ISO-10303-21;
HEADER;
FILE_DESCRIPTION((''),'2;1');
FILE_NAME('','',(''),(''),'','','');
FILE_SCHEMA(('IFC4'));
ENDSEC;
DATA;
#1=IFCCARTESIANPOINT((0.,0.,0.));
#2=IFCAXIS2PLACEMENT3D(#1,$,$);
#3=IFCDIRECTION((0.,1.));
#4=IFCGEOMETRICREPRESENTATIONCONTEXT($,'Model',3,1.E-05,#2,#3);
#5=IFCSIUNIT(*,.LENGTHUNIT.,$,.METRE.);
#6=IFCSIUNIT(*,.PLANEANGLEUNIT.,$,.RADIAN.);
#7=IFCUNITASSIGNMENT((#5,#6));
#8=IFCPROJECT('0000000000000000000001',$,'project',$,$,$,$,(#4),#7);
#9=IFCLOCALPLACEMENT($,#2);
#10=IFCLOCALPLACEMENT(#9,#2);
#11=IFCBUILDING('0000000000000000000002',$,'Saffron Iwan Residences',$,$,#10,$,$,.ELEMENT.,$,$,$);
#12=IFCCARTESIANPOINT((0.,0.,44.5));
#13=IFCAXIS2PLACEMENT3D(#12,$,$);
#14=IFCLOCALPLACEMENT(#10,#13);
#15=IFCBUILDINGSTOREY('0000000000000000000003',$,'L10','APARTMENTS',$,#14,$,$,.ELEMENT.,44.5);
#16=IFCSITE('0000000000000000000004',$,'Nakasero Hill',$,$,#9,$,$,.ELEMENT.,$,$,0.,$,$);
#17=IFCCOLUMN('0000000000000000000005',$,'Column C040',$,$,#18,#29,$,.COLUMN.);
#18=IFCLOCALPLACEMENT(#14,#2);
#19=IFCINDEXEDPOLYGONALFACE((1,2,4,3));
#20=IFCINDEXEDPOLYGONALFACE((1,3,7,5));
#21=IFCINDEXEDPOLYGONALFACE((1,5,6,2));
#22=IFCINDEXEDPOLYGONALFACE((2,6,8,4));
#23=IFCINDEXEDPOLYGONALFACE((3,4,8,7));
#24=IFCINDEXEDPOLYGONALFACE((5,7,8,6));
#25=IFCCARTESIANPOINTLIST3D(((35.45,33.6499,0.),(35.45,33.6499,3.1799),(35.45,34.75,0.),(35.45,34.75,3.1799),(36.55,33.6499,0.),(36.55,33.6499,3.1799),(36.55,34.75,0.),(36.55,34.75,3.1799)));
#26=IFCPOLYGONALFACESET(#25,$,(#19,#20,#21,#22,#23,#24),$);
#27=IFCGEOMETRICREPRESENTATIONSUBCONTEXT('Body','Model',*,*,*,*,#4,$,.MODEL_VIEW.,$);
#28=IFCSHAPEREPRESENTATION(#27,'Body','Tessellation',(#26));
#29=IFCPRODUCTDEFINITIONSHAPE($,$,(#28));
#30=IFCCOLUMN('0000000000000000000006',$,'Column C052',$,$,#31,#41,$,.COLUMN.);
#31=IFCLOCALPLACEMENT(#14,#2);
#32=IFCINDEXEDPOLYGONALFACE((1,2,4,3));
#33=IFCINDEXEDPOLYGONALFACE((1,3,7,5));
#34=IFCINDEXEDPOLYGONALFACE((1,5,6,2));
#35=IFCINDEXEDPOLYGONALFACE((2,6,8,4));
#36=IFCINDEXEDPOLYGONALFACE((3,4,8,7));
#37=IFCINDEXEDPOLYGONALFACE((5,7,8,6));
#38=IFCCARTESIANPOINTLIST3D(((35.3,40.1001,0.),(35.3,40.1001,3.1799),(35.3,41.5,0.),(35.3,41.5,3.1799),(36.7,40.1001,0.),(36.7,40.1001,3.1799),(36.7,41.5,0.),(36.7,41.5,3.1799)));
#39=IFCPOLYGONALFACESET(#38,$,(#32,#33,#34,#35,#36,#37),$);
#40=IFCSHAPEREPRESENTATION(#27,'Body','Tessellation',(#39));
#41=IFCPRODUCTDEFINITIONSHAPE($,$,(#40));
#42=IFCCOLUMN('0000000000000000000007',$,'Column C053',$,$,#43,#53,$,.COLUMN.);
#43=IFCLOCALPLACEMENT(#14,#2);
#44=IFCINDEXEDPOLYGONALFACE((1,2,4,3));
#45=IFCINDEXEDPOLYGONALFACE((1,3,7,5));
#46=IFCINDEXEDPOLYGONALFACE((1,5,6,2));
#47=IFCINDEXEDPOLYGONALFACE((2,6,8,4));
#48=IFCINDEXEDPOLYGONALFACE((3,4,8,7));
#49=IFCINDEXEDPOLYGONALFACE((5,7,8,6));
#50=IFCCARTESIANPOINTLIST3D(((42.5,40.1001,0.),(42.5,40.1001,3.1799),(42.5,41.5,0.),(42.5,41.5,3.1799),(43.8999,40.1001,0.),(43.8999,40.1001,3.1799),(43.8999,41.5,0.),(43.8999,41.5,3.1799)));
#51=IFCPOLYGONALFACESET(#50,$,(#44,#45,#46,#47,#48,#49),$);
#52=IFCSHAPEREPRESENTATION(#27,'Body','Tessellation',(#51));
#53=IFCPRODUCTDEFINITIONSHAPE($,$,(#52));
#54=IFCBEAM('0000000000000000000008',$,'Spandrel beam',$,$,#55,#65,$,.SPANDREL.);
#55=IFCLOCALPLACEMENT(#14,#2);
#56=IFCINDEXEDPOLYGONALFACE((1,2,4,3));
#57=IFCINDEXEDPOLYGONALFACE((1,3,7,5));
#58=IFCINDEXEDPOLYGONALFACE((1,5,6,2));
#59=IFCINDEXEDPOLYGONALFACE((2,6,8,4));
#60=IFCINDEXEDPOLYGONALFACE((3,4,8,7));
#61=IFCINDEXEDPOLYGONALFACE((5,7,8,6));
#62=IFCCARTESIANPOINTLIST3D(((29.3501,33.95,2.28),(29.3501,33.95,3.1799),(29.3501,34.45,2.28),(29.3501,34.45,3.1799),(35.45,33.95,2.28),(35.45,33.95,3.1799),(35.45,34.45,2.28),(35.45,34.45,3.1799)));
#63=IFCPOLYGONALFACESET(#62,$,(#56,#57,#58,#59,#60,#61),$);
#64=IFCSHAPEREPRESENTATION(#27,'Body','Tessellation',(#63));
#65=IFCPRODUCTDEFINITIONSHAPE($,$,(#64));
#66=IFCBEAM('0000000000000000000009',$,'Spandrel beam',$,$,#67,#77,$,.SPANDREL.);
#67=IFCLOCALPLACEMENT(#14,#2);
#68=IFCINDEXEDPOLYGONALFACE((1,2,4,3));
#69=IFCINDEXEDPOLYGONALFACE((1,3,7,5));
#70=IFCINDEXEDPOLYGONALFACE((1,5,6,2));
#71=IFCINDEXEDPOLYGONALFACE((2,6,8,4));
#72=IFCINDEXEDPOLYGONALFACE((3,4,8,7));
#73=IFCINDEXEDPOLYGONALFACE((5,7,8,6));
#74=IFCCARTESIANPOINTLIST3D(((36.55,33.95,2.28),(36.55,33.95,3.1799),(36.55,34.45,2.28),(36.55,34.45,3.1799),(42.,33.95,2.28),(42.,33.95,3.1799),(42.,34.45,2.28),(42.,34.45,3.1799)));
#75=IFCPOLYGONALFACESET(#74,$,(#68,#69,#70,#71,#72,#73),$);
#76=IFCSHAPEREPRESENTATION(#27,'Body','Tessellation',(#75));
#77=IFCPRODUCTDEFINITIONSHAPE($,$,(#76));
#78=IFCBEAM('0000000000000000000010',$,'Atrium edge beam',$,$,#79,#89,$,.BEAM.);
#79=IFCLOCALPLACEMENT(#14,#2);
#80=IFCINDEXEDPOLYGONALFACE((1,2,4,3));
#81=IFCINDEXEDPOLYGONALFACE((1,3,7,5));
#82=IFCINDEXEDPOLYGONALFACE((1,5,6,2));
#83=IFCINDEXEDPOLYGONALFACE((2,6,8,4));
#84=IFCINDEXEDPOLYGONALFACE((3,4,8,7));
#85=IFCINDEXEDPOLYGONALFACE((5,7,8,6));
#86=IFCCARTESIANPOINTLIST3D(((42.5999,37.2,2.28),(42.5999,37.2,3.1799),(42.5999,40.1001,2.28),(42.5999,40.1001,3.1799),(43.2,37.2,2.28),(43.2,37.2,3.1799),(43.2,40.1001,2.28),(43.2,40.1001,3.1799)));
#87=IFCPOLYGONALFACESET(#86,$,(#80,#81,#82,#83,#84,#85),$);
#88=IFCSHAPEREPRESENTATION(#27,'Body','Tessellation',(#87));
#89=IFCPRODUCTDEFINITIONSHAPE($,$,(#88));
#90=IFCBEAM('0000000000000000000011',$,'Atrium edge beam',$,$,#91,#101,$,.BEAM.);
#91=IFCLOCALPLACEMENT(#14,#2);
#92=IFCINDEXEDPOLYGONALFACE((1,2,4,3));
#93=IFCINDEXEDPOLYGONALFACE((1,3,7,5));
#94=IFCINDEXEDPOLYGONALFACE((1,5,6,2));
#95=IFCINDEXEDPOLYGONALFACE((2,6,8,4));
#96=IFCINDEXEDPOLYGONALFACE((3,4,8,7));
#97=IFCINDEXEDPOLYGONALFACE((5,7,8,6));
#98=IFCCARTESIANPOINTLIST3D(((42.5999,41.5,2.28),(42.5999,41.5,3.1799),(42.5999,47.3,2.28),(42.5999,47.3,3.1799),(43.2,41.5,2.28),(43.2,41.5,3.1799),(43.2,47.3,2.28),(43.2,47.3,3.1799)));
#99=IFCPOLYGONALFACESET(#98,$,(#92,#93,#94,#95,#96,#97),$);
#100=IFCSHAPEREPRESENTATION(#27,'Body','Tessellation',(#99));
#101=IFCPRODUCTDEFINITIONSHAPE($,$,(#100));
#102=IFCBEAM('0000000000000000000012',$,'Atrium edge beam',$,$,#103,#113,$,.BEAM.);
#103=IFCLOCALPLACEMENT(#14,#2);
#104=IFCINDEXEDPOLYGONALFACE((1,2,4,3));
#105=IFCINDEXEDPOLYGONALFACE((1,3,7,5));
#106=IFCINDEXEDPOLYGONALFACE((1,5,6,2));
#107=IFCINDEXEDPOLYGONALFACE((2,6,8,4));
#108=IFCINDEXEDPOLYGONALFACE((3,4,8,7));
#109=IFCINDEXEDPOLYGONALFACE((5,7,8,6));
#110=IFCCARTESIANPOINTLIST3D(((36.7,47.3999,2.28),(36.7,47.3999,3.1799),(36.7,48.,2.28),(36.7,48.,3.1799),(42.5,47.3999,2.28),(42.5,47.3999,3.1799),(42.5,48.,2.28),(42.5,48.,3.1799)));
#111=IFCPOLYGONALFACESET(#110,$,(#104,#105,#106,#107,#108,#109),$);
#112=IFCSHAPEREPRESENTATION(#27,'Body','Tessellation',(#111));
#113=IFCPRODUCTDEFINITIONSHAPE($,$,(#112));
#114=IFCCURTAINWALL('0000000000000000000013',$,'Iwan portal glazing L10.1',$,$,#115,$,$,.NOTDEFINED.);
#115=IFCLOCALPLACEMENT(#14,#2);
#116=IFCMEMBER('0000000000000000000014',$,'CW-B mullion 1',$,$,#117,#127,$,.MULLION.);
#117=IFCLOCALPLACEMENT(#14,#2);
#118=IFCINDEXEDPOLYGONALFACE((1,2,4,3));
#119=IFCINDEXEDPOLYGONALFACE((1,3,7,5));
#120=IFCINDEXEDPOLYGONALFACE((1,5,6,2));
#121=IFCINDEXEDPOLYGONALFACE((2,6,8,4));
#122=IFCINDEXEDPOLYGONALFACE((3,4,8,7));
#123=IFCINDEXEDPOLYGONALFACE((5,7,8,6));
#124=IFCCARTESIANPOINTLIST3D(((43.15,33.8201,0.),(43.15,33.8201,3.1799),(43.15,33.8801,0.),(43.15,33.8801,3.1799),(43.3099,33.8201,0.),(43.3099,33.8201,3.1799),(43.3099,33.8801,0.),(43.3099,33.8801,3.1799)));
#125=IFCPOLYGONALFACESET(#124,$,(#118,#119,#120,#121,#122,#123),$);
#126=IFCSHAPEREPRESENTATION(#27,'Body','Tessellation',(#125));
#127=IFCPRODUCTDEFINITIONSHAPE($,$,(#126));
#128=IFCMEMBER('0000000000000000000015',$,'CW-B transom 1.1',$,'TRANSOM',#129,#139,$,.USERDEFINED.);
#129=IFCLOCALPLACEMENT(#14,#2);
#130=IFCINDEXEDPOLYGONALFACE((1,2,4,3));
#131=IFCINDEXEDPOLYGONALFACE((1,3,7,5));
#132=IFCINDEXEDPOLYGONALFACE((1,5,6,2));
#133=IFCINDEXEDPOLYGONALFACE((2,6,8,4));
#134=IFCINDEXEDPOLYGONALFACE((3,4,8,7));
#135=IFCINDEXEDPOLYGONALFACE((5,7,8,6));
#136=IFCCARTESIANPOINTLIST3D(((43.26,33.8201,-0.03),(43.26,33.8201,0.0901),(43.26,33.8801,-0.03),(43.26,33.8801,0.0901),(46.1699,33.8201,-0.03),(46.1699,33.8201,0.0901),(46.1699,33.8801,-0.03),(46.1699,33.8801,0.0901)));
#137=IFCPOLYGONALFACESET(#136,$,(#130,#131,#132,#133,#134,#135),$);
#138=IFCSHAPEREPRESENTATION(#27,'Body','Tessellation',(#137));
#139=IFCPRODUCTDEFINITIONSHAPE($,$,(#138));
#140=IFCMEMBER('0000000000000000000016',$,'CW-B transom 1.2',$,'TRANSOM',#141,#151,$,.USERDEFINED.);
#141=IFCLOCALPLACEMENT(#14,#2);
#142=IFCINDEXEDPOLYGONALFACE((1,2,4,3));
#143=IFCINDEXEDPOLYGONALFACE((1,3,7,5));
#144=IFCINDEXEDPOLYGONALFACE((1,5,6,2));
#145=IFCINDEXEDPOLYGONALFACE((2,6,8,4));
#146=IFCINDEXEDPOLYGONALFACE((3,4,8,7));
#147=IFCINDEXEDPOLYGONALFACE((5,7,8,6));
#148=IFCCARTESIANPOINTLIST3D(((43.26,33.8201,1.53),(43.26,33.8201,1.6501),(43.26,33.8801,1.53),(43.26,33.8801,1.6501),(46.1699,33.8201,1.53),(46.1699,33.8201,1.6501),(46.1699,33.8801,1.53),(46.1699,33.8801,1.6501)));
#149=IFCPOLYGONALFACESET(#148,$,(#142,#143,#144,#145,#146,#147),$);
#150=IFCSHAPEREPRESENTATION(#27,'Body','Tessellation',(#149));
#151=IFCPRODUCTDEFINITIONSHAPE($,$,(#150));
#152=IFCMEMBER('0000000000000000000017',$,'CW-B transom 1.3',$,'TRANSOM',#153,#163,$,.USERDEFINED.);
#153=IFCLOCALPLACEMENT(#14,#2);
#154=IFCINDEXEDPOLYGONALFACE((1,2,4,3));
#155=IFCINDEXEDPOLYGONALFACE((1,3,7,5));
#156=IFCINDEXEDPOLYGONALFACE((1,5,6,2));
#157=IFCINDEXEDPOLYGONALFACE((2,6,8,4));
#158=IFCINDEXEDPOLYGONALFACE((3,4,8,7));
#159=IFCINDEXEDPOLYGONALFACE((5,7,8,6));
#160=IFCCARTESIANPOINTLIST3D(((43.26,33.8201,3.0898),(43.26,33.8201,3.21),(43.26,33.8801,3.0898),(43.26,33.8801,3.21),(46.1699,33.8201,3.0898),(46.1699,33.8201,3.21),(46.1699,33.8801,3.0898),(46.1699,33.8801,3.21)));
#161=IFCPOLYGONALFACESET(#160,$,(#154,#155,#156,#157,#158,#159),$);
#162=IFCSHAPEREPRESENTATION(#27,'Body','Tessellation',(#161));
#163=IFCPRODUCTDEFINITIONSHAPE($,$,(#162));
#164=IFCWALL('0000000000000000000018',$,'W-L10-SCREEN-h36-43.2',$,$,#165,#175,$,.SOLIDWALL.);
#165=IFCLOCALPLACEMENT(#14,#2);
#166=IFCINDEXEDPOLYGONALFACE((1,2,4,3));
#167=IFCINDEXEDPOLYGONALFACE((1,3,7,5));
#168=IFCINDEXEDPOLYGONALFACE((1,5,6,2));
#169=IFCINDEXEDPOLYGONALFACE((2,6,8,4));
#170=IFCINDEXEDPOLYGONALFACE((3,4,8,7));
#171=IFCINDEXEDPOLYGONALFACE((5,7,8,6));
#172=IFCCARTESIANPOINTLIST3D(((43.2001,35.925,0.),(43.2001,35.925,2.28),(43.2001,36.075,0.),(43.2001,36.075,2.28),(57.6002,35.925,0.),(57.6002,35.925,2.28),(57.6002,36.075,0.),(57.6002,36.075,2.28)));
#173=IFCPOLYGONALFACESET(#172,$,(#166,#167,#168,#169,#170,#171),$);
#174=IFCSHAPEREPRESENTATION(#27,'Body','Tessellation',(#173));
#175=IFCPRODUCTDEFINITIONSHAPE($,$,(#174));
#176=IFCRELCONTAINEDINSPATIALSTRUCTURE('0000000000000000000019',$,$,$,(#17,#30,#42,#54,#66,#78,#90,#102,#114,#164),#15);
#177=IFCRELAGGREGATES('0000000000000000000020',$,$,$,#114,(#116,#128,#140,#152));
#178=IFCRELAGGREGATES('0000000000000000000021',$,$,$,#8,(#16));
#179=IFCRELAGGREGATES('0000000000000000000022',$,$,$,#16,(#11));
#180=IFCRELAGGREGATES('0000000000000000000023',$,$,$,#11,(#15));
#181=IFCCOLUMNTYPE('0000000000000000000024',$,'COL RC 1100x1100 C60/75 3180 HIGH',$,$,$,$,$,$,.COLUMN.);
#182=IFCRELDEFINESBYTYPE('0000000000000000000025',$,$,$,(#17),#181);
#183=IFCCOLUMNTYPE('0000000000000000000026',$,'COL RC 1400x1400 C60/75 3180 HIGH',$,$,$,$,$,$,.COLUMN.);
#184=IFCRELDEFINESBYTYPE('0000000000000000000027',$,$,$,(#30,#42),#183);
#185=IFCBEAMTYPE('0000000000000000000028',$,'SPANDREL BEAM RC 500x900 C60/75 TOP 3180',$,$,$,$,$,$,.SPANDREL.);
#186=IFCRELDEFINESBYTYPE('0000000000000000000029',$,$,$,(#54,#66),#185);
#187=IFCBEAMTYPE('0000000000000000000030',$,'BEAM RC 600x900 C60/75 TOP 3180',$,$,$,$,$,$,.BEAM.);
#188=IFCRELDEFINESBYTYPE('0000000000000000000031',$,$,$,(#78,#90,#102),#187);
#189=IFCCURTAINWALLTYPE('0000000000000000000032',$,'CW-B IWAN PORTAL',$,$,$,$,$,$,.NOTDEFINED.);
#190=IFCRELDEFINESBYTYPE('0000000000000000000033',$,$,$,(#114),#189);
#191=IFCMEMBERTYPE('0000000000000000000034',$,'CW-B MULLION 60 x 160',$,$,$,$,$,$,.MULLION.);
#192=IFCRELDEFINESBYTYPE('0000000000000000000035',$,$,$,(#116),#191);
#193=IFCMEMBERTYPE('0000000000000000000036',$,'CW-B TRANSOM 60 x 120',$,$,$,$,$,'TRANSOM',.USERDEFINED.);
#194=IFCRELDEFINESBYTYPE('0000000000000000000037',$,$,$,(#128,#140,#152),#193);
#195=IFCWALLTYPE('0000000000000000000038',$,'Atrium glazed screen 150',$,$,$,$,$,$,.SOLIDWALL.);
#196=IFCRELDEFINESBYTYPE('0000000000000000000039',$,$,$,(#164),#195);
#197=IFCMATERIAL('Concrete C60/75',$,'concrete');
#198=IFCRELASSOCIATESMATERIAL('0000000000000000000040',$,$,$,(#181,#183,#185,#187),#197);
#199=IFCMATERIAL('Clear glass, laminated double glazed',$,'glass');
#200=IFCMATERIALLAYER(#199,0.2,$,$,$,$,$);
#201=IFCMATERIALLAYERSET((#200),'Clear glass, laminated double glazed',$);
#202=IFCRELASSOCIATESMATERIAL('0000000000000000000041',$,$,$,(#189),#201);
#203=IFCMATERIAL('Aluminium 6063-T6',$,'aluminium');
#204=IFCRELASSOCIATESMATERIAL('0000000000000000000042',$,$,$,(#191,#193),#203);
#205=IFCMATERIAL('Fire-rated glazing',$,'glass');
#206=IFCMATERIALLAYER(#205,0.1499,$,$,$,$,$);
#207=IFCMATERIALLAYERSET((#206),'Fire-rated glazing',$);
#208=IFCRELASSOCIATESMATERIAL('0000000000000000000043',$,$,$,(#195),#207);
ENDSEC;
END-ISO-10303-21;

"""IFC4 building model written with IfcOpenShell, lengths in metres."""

from ifc_helpers import new_model, si_unit, direction, frame, frame_2d, origin, origin_2d, place, context, subcontext, project, spatial, rectangle, extrude, source, transform, mapped, material, layer, layer_set, material_profile, profile_set, type_object, element, aggregate, save


model = new_model("IFC4")

# Units and contexts
model_context = context("Model", 3, precision=1e-05, world=origin(), true_north=direction((0.0, 1.0)))
body_context = subcontext(model_context, "Body", "Model", "MODEL_VIEW")
ifc_project = project(units=[si_unit("LENGTHUNIT", "METRE"), si_unit("PLANEANGLEUNIT", "RADIAN")], contexts=[model_context])

# Site, building, storey
site_placement = place(None, origin())
site = spatial("IfcSite", under=ifc_project, at=site_placement, Name="Nakasero Hill", CompositionType="ELEMENT", RefElevation=0.0)
building_placement = place(site_placement, origin())
building = spatial("IfcBuilding", under=site, at=building_placement, Name="Saffron Iwan Residences", CompositionType="ELEMENT")
storey_placement = place(building_placement, frame((0.0, 0.0, 44.5)))
storey = spatial("IfcBuildingStorey", under=building, at=storey_placement, Name="L10", Description="APARTMENTS", CompositionType="ELEMENT", Elevation=44.5)

# Columns
ifc_material_1 = material(Name="Concrete C60/75", Category="concrete")
ifc_material_profile_1 = material_profile(ifc_material_1, rectangle(XDim=1.1001, YDim=1.1001, at=origin_2d()), Name="RC 1100x1100")
ifc_profile_set_1 = profile_set([ifc_material_profile_1], Name="Concrete C60/75")
column_type_1 = type_object("IfcColumnType", Name="COL RC 1100x1100 C60/75 3180 HIGH", PredefinedType="COLUMN", material=ifc_profile_set_1)
shared_shape_1 = source(origin(), body_context, "Body", "SweptSolid", [
    extrude(rectangle(XDim=1.1001, YDim=1.1001, at=origin_2d()), origin(), (0.0, 0.0, 1.0), 3.1799),
])
column_placement = place(storey_placement, frame((36.0, 34.2, 0.0), z_axis=(0.0, 0.0, 1.0), x_axis=(1.0, 0.0, 0.0)))
element("IfcColumn", 1, at=column_placement, inside=storey, type_object=column_type_1, Name="Column C040", PredefinedType="COLUMN", context=body_context, shape_type="MappedRepresentation", body=[
    mapped(shared_shape_1, transform((0.0, 0.0, 0.0))),
])
ifc_material_profile_2 = material_profile(ifc_material_1, rectangle(XDim=1.3999, YDim=1.3999, at=origin_2d()), Name="RC 1400x1400")
ifc_profile_set_2 = profile_set([ifc_material_profile_2], Name="Concrete C60/75")
column_type_2 = type_object("IfcColumnType", Name="COL RC 1400x1400 C60/75 3180 HIGH", PredefinedType="COLUMN", material=ifc_profile_set_2)
shared_shape_2 = source(origin(), body_context, "Body", "SweptSolid", [
    extrude(rectangle(XDim=1.3999, YDim=1.3999, at=origin_2d()), origin(), (0.0, 0.0, 1.0), 3.1799),
])
for number, where, z_axis, x_axis, name in (
    (2, (36.0, 40.8, 0.0), (0.0, 0.0, 1.0), (1.0, 0.0, 0.0), "Column C052"),
    (3, (43.2, 40.8, 0.0), (0.0, 0.0, 1.0), (1.0, 0.0, 0.0), "Column C053"),
):
    element("IfcColumn", number, at=place(storey_placement, frame(where, z_axis=z_axis, x_axis=x_axis)), inside=storey, type_object=column_type_2, Name=name, PredefinedType="COLUMN", context=body_context, shape_type="MappedRepresentation", body=[
        mapped(shared_shape_2, transform((0.0, 0.0, 0.0))),
    ])

# Beams
ifc_material_profile_3 = material_profile(ifc_material_1, rectangle(XDim=0.5, YDim=0.8999, at=origin_2d()), Name="RC 500x900")
ifc_profile_set_3 = profile_set([ifc_material_profile_3], Name="Concrete C60/75")
beam_type_1 = type_object("IfcBeamType", Name="SPANDREL BEAM RC 500x900 C60/75 TOP 3180", PredefinedType="SPANDREL", material=ifc_profile_set_3)
shared_shape_3 = source(origin(), body_context, "Body", "SweptSolid", [
    extrude(rectangle(XDim=0.5, YDim=0.8999, at=origin_2d()), origin(), (0.0, 0.0, 1.0), 6.0999),
])
beam_1_placement = place(storey_placement, frame((35.45, 34.2, 2.73), z_axis=(-1.0, 0.0, 0.0), x_axis=(0.0, -1.0, 0.0)))
element("IfcBeam", 4, at=beam_1_placement, inside=storey, type_object=beam_type_1, Name="Spandrel beam", PredefinedType="SPANDREL", context=body_context, shape_type="MappedRepresentation", body=[
    mapped(shared_shape_3, transform((0.0, 0.0, 0.0))),
])
shared_shape_4 = source(origin(), body_context, "Body", "SweptSolid", [
    extrude(rectangle(XDim=0.5, YDim=0.8999, at=origin_2d()), origin(), (0.0, 0.0, 1.0), 5.45),
])
beam_2_placement = place(storey_placement, frame((42.0, 34.2, 2.73), z_axis=(-1.0, 0.0, 0.0), x_axis=(0.0, -1.0, 0.0)))
element("IfcBeam", 5, at=beam_2_placement, inside=storey, type_object=beam_type_1, Name="Spandrel beam", PredefinedType="SPANDREL", context=body_context, shape_type="MappedRepresentation", body=[
    mapped(shared_shape_4, transform((0.0, 0.0, 0.0))),
])
ifc_material_profile_4 = material_profile(ifc_material_1, rectangle(XDim=0.6001, YDim=0.8999, at=origin_2d()), Name="RC 600x900")
ifc_profile_set_4 = profile_set([ifc_material_profile_4], Name="Concrete C60/75")
beam_type_2 = type_object("IfcBeamType", Name="BEAM RC 600x900 C60/75 TOP 3180", PredefinedType="BEAM", material=ifc_profile_set_4)
shared_shape_5 = source(origin(), body_context, "Body", "SweptSolid", [
    extrude(rectangle(XDim=0.6001, YDim=0.8999, at=origin_2d()), origin(), (0.0, 0.0, 1.0), 2.9001),
])
beam_3_placement = place(storey_placement, frame((42.8999, 37.2, 2.73), z_axis=(0.0, 1.0, 0.0), x_axis=(-1.0, 0.0, 0.0)))
element("IfcBeam", 6, at=beam_3_placement, inside=storey, type_object=beam_type_2, Name="Atrium edge beam", PredefinedType="BEAM", context=body_context, shape_type="MappedRepresentation", body=[
    mapped(shared_shape_5, transform((0.0, 0.0, 0.0))),
])
shared_shape_6 = source(origin(), body_context, "Body", "SweptSolid", [
    extrude(rectangle(XDim=0.6001, YDim=0.8999, at=origin_2d()), origin(), (0.0, 0.0, 1.0), 5.8),
])
for number, where, z_axis, x_axis, name in (
    (7, (42.8999, 41.5, 2.73), (0.0, 1.0, 0.0), (-1.0, 0.0, 0.0), "Atrium edge beam"),
    (8, (42.5, 47.7, 2.73), (-1.0, 0.0, 0.0), (0.0, -1.0, 0.0), "Atrium edge beam"),
):
    element("IfcBeam", number, at=place(storey_placement, frame(where, z_axis=z_axis, x_axis=x_axis)), inside=storey, type_object=beam_type_2, Name=name, PredefinedType="BEAM", context=body_context, shape_type="MappedRepresentation", body=[
        mapped(shared_shape_6, transform((0.0, 0.0, 0.0))),
    ])

# Curtain wall, members
ifc_material_2 = material(Name="Clear glass, laminated double glazed", Category="glass")
ifc_layer_1 = layer(ifc_material_2, 0.2)
ifc_layer_set_1 = layer_set([ifc_layer_1], Name="Clear glass, laminated double glazed")
curtain_wall_type = type_object("IfcCurtainWallType", Name="CW-B IWAN PORTAL", PredefinedType="NOTDEFINED", material=ifc_layer_set_1)
curtain_wall_placement = place(storey_placement, origin())
curtain_wall = element("IfcCurtainWall", 9, at=curtain_wall_placement, inside=storey, type_object=curtain_wall_type, Name="Iwan portal glazing L10.1", PredefinedType="NOTDEFINED")
ifc_material_3 = material(Name="Aluminium 6063-T6", Category="aluminium")
ifc_material_profile_5 = material_profile(ifc_material_3, rectangle(XDim=0.0601, YDim=0.1599, at=origin_2d()), Name="CW-B MULLION 60 x 160")
ifc_profile_set_5 = profile_set([ifc_material_profile_5], Name="Aluminium 6063-T6")
member_type_1 = type_object("IfcMemberType", Name="CW-B MULLION 60 x 160", PredefinedType="MULLION", material=ifc_profile_set_5)
shared_shape_7 = source(origin(), body_context, "Body", "SweptSolid", [
    extrude(rectangle(XDim=0.0601, YDim=0.1599, at=origin_2d()), origin(), (0.0, 0.0, 1.0), 3.1799),
])
member_1_placement = place(storey_placement, frame((43.23, 33.8501, 0.0), z_axis=(0.0, 0.0, 1.0), x_axis=(0.0, 1.0, 0.0)))
member_1 = element("IfcMember", 10, at=member_1_placement, type_object=member_type_1, Name="CW-B mullion 1", PredefinedType="MULLION", context=body_context, shape_type="MappedRepresentation", body=[
    mapped(shared_shape_7, transform((0.0, 0.0, 0.0))),
])
ifc_material_profile_6 = material_profile(ifc_material_3, rectangle(XDim=0.0601, YDim=0.1201, at=origin_2d()), Name="CW-B TRANSOM 60 x 120")
ifc_profile_set_6 = profile_set([ifc_material_profile_6], Name="Aluminium 6063-T6")
member_type_2 = type_object("IfcMemberType", Name="CW-B TRANSOM 60 x 120", ElementType="TRANSOM", PredefinedType="USERDEFINED", material=ifc_profile_set_6)
shared_shape_8 = source(origin(), body_context, "Body", "SweptSolid", [
    extrude(rectangle(XDim=0.0601, YDim=0.1201, at=origin_2d()), origin(), (0.0, 0.0, 1.0), 2.9099),
])
member_2_placement = place(storey_placement, frame((43.26, 33.8501, 0.03), z_axis=(1.0, 0.0, 0.0), x_axis=(0.0, 1.0, 0.0)))
member_2 = element("IfcMember", 11, at=member_2_placement, type_object=member_type_2, Name="CW-B transom 1.1", ObjectType="TRANSOM", PredefinedType="USERDEFINED", context=body_context, shape_type="MappedRepresentation", body=[
    mapped(shared_shape_8, transform((0.0, 0.0, 0.0))),
])
member_3_placement = place(storey_placement, frame((43.26, 33.8501, 1.5901), z_axis=(1.0, 0.0, 0.0), x_axis=(0.0, 1.0, 0.0)))
member_3 = element("IfcMember", 12, at=member_3_placement, type_object=member_type_2, Name="CW-B transom 1.2", ObjectType="TRANSOM", PredefinedType="USERDEFINED", context=body_context, shape_type="MappedRepresentation", body=[
    mapped(shared_shape_8, transform((0.0, 0.0, 0.0))),
])
member_4_placement = place(storey_placement, frame((43.26, 33.8501, 3.1499), z_axis=(1.0, 0.0, 0.0), x_axis=(0.0, 1.0, 0.0)))
member_4 = element("IfcMember", 13, at=member_4_placement, type_object=member_type_2, Name="CW-B transom 1.3", ObjectType="TRANSOM", PredefinedType="USERDEFINED", context=body_context, shape_type="MappedRepresentation", body=[
    mapped(shared_shape_8, transform((0.0, 0.0, 0.0))),
])
aggregate(curtain_wall, [member_1, member_2, member_3, member_4])

# Wall
ifc_material_4 = material(Name="Fire-rated glazing", Category="glass")
ifc_layer_2 = layer(ifc_material_4, 0.1499)
ifc_layer_set_2 = layer_set([ifc_layer_2], Name="Fire-rated glazing")
wall_type_1 = type_object("IfcWallType", Name="Atrium glazed screen 150", PredefinedType="SOLIDWALL", material=ifc_layer_set_2)
wall_1_placement = place(storey_placement, frame((43.2, 36.0, 0.0), z_axis=(0.0, 0.0, 1.0), x_axis=(1.0, 0.0, 0.0)))
element("IfcWall", 14, at=wall_1_placement, inside=storey, type_object=wall_type_1, Name="W-L10-SCREEN-h36-43.2", PredefinedType="SOLIDWALL", context=body_context, shape_type="SweptSolid", body=[
    extrude(rectangle(XDim=14.4001, YDim=0.1499, at=frame_2d((7.2002, 0.0))), origin(), (0.0, 0.0, 1.0), 2.28),
])

save(model, "model.ifc")
